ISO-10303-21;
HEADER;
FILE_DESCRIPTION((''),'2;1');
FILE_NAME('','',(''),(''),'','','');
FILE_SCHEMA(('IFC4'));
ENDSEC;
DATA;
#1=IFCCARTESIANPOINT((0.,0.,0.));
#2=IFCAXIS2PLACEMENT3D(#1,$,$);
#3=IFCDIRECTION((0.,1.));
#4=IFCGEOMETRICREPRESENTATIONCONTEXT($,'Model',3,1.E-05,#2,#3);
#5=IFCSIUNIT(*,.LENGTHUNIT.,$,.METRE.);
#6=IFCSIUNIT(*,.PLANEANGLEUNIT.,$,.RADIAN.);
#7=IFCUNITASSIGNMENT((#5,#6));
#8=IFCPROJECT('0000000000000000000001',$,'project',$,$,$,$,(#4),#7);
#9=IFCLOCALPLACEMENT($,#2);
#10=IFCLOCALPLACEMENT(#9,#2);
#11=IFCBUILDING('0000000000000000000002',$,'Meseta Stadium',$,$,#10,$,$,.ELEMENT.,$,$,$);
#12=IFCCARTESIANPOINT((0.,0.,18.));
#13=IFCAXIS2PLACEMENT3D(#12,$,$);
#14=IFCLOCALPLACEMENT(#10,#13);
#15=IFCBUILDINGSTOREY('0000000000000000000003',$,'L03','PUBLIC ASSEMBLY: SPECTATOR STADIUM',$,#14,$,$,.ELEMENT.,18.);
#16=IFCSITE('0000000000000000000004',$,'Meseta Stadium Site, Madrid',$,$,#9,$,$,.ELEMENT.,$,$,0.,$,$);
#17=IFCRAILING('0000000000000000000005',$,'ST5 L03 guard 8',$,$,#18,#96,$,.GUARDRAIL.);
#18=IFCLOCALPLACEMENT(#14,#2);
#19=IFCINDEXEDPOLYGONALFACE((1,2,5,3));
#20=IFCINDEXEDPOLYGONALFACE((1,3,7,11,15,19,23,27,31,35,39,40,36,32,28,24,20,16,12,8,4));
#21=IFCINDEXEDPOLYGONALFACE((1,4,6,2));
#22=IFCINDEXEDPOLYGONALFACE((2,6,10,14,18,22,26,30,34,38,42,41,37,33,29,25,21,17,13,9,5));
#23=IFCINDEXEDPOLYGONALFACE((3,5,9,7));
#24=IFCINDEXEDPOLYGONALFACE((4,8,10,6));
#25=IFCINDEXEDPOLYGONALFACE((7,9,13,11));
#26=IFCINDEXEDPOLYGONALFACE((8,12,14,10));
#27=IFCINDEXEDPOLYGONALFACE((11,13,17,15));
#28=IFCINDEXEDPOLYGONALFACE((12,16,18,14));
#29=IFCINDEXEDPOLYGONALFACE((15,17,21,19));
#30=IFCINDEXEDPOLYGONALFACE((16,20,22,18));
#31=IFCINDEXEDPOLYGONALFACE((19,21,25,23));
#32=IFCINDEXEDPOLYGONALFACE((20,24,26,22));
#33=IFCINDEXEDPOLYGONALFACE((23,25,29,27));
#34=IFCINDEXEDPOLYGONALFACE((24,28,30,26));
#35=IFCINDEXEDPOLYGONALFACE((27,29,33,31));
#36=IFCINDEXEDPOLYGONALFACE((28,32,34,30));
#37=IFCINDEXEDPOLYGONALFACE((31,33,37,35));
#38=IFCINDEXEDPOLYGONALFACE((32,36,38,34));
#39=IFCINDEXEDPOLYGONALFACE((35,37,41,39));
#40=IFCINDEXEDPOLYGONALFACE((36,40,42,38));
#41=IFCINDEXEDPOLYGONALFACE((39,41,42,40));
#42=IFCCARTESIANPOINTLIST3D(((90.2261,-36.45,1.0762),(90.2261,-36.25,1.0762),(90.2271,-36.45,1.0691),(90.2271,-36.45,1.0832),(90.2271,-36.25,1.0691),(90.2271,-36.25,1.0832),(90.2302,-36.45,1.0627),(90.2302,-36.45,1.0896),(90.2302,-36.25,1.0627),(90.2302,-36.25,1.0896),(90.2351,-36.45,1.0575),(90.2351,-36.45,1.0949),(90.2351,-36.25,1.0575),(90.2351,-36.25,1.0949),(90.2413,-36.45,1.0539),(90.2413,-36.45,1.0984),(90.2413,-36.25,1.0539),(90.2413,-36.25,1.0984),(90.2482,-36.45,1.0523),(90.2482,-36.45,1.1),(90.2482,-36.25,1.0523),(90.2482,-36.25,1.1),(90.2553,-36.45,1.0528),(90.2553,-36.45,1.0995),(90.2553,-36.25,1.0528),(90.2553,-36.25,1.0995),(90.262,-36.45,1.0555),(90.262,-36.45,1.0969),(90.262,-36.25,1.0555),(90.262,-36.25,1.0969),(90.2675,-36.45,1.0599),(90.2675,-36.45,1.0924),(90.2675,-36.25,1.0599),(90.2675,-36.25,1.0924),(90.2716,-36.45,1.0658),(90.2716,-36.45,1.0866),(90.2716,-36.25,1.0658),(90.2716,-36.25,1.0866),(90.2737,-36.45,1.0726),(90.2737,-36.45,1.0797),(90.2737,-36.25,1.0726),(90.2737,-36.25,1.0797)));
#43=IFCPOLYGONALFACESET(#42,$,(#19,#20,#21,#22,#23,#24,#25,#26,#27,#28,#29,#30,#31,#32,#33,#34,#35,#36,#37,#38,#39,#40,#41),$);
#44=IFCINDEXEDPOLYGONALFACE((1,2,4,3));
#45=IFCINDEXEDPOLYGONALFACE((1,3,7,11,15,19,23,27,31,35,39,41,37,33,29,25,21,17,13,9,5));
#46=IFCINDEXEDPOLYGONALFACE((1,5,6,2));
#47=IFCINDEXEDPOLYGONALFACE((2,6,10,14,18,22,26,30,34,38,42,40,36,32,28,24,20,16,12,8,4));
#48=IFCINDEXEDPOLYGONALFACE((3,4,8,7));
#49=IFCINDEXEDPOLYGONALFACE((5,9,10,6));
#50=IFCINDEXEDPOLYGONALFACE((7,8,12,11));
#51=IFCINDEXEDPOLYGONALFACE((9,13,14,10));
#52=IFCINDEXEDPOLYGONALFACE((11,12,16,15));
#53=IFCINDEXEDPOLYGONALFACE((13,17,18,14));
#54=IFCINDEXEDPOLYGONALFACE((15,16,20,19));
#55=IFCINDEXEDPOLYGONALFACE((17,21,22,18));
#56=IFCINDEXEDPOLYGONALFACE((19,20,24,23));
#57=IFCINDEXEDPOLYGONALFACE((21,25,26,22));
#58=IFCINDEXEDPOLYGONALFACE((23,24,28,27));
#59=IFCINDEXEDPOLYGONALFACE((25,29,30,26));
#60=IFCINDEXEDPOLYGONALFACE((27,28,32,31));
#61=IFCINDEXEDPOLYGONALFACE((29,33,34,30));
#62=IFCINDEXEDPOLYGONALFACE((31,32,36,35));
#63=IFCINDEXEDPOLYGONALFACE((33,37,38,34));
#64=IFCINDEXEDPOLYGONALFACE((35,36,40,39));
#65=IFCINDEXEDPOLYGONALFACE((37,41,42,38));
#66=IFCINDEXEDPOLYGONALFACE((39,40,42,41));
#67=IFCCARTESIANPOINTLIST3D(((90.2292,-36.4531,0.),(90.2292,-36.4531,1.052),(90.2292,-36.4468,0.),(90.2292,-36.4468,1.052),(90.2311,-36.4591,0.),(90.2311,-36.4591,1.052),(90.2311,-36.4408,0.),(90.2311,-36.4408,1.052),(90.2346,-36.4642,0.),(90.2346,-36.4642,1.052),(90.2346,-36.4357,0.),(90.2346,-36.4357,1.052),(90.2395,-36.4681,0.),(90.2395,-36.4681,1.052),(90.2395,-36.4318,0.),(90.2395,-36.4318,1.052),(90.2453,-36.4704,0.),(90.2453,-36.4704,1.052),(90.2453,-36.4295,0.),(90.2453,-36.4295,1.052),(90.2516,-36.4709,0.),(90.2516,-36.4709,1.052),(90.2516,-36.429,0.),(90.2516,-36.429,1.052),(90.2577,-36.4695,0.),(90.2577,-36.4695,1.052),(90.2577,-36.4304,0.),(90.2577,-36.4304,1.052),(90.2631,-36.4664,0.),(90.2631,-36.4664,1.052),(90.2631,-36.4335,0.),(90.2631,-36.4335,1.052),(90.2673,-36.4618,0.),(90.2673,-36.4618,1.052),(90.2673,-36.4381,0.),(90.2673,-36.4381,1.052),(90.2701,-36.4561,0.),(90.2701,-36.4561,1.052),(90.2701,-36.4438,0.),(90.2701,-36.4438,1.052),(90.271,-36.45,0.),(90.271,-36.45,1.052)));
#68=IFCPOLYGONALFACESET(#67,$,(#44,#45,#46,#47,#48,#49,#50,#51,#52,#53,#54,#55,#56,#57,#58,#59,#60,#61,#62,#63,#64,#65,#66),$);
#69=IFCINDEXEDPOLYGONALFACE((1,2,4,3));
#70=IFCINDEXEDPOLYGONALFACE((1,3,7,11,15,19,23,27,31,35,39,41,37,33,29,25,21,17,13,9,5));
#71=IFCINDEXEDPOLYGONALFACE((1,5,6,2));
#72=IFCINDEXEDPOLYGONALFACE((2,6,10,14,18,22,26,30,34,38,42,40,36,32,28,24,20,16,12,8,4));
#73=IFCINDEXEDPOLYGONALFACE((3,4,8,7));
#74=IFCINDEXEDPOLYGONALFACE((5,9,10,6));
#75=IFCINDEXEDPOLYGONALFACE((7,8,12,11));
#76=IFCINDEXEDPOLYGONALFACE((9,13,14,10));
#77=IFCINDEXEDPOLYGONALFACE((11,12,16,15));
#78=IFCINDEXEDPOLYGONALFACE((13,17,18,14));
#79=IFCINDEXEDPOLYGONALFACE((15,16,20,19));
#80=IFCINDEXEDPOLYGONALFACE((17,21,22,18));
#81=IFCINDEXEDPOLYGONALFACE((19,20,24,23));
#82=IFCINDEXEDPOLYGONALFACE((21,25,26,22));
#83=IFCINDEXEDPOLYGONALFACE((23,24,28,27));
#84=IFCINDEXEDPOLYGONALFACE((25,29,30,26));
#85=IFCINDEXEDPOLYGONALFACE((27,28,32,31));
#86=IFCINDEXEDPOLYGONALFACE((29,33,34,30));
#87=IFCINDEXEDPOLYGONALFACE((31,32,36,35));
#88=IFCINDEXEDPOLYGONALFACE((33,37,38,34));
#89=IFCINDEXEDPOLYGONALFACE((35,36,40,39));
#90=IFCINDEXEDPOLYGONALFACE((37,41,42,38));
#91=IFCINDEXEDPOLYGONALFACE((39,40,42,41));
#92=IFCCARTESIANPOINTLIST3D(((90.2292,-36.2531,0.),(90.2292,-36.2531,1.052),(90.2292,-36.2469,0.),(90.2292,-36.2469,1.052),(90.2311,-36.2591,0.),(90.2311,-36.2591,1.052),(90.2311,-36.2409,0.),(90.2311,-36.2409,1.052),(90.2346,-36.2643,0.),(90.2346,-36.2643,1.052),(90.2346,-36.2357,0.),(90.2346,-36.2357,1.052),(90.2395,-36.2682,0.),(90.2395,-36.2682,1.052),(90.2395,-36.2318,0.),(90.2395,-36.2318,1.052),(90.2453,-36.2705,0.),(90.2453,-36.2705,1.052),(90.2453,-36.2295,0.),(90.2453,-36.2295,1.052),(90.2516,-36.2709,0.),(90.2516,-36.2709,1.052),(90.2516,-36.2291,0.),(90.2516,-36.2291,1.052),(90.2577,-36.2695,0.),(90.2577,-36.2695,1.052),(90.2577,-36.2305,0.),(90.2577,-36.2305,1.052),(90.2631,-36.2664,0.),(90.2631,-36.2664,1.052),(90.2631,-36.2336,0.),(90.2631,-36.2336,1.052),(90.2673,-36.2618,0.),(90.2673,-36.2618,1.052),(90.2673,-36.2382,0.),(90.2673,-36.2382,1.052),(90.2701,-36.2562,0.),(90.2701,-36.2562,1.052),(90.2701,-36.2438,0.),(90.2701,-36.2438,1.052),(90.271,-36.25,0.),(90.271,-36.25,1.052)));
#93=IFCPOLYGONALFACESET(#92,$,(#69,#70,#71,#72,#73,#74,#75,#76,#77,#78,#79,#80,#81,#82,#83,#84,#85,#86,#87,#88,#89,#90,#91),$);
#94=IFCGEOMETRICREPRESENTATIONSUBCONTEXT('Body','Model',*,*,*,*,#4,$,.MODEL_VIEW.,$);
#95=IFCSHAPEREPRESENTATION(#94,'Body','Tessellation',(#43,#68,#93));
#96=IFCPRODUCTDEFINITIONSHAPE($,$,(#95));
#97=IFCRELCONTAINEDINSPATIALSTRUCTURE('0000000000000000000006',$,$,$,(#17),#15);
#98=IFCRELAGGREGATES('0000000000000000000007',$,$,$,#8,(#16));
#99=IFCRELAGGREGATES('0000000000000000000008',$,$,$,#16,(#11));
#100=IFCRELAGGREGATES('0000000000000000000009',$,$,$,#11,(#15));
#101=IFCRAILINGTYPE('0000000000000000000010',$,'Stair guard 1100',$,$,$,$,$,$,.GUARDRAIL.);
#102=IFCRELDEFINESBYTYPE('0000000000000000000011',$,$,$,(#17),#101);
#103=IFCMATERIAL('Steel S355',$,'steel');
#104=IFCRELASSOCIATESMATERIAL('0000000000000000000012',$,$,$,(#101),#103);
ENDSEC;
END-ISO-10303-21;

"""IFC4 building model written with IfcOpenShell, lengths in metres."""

from ifc_helpers import new_model, si_unit, direction, frame, origin, origin_2d, place, context, subcontext, project, spatial, circle, extrude, material, type_object, element, save


model = new_model("IFC4")

# Units and contexts
model_context = context("Model", 3, precision=1e-05, world=origin(), true_north=direction((0.0, 1.0)))
body_context = subcontext(model_context, "Body", "Model", "MODEL_VIEW")
ifc_project = project(units=[si_unit("LENGTHUNIT", "METRE"), si_unit("PLANEANGLEUNIT", "RADIAN")], contexts=[model_context])

# Site, building, storey
site_placement = place(None, origin())
site = spatial("IfcSite", under=ifc_project, at=site_placement, Name="Meseta Stadium Site, Madrid", CompositionType="ELEMENT", RefElevation=0.0)
building_placement = place(site_placement, origin())
building = spatial("IfcBuilding", under=site, at=building_placement, Name="Meseta Stadium", CompositionType="ELEMENT")
storey_placement = place(building_placement, frame((0.0, 0.0, 18.0)))
storey = spatial("IfcBuildingStorey", under=building, at=storey_placement, Name="L03", Description="PUBLIC ASSEMBLY: SPECTATOR STADIUM", CompositionType="ELEMENT", Elevation=18.0)

# Railing
ifc_material_1 = material(Name="Steel S355", Category="steel")
railing_type_1 = type_object("IfcRailingType", Name="Stair guard 1100", PredefinedType="GUARDRAIL", material=ifc_material_1)
railing_1_placement = place(storey_placement, frame((90.25, -36.45, 0.0)))
element("IfcRailing", 1, at=railing_1_placement, inside=storey, type_object=railing_type_1, Name="ST5 L03 guard 8", PredefinedType="GUARDRAIL", context=body_context, shape_type="SweptSolid", body=[
    extrude(circle(Radius=0.0239, at=origin_2d()), frame((0.0, 0.0, 1.0762), z_axis=(0.0, 1.0, 0.0), x_axis=(-1.0, 0.0, 0.0)), (0.0, 0.0, 1.0), 0.2),
    extrude(circle(Radius=0.021, at=origin_2d()), origin(), (0.0, 0.0, 1.0), 1.052),
    extrude(circle(Radius=0.021, at=origin_2d()), frame((0.0, 0.2, 0.0)), (0.0, 0.0, 1.0), 1.052),
])

save(model, "model.ifc")
